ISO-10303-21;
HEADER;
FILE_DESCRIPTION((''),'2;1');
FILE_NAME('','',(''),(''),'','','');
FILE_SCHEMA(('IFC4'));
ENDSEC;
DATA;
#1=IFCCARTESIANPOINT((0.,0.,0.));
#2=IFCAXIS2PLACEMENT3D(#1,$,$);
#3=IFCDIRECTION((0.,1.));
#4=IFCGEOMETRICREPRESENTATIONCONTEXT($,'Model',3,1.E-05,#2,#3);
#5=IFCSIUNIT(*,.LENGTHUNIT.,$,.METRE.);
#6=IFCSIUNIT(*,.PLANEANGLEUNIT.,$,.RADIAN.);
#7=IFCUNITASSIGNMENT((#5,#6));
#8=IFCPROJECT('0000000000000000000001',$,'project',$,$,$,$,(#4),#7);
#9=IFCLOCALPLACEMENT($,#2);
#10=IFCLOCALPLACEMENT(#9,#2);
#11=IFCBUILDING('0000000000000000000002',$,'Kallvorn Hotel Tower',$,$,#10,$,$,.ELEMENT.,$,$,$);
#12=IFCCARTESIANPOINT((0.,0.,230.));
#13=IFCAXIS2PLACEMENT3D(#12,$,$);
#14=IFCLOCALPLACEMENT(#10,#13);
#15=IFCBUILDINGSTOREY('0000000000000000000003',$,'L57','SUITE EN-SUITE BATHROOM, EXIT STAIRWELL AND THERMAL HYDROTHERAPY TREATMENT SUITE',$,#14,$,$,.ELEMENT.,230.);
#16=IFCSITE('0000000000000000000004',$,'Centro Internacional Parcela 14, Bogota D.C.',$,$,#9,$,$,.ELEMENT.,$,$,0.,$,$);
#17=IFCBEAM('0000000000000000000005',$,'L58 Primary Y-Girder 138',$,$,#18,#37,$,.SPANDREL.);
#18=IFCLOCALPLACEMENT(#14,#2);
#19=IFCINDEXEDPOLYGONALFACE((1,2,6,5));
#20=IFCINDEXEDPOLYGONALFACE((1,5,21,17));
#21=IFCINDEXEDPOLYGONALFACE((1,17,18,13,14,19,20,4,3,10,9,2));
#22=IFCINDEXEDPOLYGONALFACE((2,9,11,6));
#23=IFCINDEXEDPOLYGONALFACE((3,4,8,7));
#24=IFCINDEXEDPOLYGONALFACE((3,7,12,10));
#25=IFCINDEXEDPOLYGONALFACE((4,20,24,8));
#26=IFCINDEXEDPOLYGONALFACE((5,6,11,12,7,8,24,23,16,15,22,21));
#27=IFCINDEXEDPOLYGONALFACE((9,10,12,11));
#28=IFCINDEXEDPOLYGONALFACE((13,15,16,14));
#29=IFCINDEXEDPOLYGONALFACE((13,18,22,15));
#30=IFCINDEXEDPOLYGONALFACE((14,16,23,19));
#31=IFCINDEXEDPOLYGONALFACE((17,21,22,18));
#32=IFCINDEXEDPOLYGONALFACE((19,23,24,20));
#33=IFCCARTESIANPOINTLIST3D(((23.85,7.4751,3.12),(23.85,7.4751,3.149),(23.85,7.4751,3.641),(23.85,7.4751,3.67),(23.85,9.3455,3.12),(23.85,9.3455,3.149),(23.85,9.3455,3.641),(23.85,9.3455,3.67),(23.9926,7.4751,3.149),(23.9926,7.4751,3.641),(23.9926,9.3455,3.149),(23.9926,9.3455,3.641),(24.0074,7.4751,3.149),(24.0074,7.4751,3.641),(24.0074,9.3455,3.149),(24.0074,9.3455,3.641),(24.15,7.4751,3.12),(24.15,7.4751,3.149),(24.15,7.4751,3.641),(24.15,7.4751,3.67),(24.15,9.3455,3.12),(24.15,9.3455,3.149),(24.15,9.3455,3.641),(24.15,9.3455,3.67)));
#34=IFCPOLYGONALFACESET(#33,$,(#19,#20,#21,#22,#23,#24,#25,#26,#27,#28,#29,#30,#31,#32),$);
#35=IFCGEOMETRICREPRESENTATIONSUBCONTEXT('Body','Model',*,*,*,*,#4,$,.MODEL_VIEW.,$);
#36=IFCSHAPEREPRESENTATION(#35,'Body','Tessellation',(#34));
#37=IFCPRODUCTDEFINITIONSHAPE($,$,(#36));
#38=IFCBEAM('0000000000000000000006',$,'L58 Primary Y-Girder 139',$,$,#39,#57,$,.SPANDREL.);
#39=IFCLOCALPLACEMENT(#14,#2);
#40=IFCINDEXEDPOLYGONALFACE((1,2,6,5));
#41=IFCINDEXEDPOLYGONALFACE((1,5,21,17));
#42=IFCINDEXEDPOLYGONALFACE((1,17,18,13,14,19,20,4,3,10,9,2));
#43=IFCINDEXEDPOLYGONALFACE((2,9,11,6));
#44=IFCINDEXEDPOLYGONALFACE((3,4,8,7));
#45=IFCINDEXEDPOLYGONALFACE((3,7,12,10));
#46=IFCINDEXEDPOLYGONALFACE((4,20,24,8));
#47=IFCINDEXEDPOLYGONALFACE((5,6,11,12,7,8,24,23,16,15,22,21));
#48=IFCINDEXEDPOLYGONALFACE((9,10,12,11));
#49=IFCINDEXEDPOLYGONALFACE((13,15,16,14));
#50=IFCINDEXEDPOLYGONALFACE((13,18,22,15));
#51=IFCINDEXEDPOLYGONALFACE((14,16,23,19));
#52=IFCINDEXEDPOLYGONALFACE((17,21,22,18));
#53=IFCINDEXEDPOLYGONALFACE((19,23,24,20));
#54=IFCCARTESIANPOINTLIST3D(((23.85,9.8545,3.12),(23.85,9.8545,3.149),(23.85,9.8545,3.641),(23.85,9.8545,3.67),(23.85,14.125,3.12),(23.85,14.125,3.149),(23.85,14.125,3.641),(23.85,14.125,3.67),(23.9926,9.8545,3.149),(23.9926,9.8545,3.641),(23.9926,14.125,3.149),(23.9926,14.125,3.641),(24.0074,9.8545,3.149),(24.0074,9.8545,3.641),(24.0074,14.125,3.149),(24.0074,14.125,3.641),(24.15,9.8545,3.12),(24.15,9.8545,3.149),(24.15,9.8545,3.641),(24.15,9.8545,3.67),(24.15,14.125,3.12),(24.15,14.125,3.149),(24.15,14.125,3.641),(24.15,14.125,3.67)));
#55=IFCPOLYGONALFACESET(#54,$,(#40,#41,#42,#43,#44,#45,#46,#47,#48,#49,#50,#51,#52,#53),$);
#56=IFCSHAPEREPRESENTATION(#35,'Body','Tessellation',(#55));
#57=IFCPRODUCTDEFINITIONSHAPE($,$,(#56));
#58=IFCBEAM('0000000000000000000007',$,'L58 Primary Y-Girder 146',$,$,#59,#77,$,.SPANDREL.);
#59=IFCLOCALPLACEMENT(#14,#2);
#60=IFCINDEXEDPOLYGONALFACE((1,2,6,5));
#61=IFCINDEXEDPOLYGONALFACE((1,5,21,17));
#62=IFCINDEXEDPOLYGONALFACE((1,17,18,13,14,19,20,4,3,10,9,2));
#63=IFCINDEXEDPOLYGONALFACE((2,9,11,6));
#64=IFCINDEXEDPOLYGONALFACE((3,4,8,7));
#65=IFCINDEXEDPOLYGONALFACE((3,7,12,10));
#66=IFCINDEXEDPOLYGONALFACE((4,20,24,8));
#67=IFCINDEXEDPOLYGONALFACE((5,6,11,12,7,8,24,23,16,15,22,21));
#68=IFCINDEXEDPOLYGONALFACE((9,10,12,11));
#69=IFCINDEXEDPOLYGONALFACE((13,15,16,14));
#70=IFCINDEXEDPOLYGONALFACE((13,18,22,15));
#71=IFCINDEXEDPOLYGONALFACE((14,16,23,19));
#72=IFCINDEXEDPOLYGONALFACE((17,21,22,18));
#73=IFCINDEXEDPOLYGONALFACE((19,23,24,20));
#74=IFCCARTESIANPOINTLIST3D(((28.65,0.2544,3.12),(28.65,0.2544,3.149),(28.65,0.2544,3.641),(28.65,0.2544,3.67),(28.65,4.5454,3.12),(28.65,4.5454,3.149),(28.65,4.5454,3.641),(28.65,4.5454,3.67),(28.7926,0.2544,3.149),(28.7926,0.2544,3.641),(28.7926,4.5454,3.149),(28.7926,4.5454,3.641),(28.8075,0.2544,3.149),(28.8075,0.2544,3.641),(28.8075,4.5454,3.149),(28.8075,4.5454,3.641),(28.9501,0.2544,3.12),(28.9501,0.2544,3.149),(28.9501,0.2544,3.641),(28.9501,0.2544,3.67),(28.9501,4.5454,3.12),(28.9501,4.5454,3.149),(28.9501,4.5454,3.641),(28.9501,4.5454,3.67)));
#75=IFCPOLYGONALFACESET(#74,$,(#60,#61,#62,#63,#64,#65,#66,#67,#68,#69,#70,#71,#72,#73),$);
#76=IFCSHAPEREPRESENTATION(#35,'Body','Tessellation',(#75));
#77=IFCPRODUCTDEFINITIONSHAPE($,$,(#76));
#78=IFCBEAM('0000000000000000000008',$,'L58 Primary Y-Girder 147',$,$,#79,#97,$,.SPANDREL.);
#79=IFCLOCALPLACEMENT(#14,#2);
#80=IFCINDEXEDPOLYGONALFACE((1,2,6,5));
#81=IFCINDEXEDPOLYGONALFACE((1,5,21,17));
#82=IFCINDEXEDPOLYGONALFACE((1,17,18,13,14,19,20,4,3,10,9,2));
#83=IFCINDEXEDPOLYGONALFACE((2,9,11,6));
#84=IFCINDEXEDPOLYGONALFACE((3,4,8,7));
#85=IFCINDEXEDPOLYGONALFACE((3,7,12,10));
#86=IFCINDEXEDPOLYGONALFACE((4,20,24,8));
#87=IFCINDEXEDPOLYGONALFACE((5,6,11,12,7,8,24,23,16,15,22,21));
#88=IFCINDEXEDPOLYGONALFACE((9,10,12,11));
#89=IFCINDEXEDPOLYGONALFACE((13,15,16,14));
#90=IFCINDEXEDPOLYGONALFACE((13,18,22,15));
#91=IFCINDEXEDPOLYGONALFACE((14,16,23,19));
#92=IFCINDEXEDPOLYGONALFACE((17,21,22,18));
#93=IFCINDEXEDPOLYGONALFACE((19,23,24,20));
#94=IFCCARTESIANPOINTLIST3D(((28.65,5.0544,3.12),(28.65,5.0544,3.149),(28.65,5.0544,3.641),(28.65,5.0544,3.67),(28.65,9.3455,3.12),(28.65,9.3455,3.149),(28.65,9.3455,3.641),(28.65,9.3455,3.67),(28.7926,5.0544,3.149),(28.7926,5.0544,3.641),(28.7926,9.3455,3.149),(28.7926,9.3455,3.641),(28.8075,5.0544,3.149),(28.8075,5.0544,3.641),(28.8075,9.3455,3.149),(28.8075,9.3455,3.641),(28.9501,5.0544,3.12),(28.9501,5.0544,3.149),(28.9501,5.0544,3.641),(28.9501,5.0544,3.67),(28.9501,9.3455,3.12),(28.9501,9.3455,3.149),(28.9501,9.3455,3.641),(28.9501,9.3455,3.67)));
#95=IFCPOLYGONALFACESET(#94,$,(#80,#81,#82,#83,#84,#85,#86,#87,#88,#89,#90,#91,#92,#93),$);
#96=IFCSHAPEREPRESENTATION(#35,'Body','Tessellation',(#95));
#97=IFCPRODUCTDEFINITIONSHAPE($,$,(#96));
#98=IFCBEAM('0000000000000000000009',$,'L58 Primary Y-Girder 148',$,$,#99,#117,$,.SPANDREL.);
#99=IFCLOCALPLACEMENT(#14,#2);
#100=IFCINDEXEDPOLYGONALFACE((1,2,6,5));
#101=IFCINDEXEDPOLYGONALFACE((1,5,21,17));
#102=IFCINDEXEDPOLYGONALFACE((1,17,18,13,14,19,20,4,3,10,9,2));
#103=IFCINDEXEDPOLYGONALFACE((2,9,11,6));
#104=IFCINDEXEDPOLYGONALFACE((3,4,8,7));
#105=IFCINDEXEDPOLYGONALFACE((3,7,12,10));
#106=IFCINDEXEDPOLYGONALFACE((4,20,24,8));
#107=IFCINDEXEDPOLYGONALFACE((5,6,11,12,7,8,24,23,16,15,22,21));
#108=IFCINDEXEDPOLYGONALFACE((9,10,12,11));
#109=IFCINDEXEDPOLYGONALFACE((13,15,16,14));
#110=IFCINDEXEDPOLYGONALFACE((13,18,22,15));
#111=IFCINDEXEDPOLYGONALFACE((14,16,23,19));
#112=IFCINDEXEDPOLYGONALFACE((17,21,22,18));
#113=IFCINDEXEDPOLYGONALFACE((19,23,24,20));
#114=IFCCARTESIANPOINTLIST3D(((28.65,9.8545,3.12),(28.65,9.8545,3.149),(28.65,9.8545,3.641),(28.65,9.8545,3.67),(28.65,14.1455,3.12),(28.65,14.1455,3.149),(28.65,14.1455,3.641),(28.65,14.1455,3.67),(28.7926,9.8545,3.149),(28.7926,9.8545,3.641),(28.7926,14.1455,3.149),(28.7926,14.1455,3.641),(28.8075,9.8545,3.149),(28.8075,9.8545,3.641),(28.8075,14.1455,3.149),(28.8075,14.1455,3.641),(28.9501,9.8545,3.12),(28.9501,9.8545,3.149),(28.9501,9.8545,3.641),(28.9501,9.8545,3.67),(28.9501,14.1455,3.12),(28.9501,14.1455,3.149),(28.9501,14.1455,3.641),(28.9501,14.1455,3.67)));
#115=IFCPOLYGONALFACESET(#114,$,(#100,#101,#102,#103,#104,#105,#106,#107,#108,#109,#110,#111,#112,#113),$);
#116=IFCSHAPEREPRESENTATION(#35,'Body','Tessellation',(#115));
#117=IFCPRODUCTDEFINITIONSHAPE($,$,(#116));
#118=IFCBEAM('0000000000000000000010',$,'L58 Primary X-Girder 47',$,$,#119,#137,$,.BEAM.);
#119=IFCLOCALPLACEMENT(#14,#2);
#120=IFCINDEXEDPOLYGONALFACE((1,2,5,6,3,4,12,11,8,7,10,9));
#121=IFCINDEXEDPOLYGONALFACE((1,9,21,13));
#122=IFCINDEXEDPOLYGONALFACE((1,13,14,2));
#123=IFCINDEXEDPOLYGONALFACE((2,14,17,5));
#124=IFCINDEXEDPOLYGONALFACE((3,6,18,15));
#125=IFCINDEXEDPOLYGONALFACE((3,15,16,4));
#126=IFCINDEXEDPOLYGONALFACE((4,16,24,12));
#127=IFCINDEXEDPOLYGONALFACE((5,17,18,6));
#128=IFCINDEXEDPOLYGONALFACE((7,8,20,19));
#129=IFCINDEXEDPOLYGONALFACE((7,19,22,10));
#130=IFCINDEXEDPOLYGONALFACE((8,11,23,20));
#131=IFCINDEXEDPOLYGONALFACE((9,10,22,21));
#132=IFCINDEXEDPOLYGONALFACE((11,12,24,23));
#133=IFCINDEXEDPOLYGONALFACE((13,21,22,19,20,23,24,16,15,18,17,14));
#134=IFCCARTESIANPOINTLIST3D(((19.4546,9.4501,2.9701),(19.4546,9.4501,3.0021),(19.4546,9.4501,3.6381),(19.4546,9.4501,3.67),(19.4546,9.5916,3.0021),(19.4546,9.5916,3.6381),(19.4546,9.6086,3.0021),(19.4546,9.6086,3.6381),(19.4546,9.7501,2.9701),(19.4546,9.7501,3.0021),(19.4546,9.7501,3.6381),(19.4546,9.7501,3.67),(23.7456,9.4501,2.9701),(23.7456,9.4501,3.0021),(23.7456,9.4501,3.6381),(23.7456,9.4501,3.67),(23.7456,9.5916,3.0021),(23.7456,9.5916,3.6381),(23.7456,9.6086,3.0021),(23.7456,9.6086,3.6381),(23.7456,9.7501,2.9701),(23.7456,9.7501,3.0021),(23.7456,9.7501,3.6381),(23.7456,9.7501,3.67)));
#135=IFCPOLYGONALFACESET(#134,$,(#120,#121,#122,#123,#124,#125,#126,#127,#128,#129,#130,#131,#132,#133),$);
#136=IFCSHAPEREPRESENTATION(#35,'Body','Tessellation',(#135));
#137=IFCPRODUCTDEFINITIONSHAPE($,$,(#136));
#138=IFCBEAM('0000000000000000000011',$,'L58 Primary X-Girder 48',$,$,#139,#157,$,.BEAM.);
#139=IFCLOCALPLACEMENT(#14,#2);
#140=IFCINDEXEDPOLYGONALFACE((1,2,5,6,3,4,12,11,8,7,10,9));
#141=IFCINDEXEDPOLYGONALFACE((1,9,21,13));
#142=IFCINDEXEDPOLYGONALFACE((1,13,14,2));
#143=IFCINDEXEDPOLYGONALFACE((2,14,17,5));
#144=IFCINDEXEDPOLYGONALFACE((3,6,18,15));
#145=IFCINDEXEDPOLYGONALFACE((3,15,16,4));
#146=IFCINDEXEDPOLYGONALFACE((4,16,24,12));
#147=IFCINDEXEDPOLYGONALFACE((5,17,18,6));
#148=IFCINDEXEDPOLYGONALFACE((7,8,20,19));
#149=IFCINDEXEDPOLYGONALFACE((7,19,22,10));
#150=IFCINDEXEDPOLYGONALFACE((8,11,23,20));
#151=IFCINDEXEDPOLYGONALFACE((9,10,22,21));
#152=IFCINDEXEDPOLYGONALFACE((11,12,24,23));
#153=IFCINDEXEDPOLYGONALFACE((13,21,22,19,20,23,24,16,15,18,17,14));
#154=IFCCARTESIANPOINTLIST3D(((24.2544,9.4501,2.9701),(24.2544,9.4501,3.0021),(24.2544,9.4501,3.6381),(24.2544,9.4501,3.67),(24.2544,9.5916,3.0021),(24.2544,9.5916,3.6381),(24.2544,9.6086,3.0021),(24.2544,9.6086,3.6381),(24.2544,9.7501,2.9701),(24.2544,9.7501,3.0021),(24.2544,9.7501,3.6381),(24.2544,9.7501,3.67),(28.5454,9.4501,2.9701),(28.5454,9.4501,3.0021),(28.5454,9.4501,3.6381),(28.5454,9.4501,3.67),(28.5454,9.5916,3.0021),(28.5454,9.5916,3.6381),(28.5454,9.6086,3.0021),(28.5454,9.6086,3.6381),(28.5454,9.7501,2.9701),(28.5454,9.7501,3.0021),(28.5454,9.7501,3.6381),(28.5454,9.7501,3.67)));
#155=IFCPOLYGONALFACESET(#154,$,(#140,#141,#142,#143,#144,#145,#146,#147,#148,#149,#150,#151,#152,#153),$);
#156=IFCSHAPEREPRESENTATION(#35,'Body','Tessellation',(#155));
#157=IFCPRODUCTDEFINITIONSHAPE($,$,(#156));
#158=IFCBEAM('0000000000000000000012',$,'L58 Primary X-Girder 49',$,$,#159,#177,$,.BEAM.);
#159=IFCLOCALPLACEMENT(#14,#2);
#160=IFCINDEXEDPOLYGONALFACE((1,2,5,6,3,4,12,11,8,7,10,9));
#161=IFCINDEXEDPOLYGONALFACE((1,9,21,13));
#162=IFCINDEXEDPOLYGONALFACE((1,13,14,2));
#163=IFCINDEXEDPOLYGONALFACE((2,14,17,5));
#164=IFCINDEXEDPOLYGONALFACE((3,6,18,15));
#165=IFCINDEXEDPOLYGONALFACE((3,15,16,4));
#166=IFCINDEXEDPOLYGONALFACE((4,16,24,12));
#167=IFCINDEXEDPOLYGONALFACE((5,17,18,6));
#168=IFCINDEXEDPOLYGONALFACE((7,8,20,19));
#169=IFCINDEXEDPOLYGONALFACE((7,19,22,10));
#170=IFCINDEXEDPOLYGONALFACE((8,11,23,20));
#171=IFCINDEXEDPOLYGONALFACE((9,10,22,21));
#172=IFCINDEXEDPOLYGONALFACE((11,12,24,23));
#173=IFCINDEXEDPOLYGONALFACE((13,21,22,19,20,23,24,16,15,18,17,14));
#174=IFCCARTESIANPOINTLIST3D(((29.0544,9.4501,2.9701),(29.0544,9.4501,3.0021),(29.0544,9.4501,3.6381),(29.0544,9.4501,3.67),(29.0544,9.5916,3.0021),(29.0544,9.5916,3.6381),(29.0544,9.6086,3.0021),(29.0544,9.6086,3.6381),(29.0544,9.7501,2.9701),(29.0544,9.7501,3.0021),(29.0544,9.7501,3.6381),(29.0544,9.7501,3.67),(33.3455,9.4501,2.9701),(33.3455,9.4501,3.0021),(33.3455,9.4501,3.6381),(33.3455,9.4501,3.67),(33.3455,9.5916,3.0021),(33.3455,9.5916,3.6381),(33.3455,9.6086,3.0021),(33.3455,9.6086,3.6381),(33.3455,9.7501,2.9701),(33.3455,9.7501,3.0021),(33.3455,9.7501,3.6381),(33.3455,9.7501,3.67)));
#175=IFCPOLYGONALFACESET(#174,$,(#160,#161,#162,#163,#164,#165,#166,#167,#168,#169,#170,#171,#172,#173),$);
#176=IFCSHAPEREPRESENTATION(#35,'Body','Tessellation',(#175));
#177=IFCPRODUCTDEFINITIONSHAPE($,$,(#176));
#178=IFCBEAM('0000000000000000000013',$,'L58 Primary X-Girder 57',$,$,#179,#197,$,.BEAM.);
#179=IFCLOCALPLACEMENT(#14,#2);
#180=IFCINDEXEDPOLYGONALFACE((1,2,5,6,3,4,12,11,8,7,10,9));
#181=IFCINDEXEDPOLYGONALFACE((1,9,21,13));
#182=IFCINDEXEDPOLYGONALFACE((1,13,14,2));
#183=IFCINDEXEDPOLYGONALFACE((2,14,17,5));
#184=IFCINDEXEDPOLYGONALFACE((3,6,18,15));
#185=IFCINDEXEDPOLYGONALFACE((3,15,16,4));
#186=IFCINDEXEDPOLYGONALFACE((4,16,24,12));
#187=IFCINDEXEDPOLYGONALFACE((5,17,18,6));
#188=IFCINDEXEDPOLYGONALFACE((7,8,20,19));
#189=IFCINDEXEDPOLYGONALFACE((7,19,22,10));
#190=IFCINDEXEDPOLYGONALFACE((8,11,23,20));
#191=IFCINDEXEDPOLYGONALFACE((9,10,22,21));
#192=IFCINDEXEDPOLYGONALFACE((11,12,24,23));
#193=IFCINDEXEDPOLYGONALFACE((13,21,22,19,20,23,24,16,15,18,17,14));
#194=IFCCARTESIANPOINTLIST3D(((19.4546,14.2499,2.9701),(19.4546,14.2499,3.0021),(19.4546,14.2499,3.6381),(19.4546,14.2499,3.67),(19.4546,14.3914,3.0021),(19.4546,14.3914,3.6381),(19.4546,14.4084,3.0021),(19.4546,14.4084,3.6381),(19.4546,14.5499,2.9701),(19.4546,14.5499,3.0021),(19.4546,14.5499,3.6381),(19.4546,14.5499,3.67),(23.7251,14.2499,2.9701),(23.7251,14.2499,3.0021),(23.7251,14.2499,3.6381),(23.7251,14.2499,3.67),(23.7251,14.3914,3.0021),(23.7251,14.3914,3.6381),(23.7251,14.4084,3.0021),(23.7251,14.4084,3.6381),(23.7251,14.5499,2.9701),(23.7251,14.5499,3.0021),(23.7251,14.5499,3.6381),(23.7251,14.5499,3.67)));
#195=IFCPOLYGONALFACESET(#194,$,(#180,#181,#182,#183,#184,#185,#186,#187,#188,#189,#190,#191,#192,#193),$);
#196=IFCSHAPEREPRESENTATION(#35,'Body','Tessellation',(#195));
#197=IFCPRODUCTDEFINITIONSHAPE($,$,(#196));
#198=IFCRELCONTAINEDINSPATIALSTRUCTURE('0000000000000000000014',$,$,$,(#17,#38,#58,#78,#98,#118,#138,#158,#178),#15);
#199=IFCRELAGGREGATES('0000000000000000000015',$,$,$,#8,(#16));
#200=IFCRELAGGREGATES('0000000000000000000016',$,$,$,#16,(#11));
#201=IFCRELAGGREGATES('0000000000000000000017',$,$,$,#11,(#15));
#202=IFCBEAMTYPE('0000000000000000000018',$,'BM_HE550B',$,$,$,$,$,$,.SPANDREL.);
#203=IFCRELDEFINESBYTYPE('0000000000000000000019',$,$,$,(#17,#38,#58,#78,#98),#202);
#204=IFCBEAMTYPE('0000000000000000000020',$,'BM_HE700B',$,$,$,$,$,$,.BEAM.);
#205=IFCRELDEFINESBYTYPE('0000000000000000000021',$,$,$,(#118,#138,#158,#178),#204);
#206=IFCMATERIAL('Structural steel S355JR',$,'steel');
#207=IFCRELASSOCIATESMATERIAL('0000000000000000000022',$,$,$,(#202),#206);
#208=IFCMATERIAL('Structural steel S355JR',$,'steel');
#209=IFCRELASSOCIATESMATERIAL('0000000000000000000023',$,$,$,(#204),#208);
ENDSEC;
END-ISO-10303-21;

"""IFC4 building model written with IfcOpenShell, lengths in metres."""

from ifc_helpers import new_model, si_unit, direction, frame, origin, origin_2d, place, context, subcontext, project, spatial, i_section, extrude, material, material_profile, profile_set, type_object, element, save


model = new_model("IFC4")

# Units and contexts
model_context = context("Model", 3, precision=1e-05, world=origin(), true_north=direction((0.0, 1.0)))
body_context = subcontext(model_context, "Body", "Model", "MODEL_VIEW")
ifc_project = project(units=[si_unit("LENGTHUNIT", "METRE"), si_unit("PLANEANGLEUNIT", "RADIAN")], contexts=[model_context])

# Site, building, storey
site_placement = place(None, origin())
site = spatial("IfcSite", under=ifc_project, at=site_placement, Name="Centro Internacional Parcela 14, Bogota D.C.", CompositionType="ELEMENT", RefElevation=0.0)
building_placement = place(site_placement, origin())
building = spatial("IfcBuilding", under=site, at=building_placement, Name="Kallvorn Hotel Tower", CompositionType="ELEMENT")
storey_placement = place(building_placement, frame((0.0, 0.0, 230.0)))
storey = spatial("IfcBuildingStorey", under=building, at=storey_placement, Name="L57", Description="SUITE EN-SUITE BATHROOM, EXIT STAIRWELL AND THERMAL HYDROTHERAPY TREATMENT SUITE", CompositionType="ELEMENT", Elevation=230.0)

# Beams
ifc_material_1 = material(Name="Structural steel S355JR", Category="steel")
ifc_material_profile_1 = material_profile(ifc_material_1, i_section(OverallWidth=0.3, OverallDepth=0.55, WebThickness=0.0149, FlangeThickness=0.0291, at=origin_2d()), Name="HE 550 B")
ifc_profile_set_1 = profile_set([ifc_material_profile_1], Name="Structural steel S355JR")
beam_type_1 = type_object("IfcBeamType", Name="BM_HE550B", PredefinedType="SPANDREL", material=ifc_profile_set_1)
beam_1_placement = place(storey_placement, frame((24.0, 7.4751, 3.395), z_axis=(0.0, 1.0, 0.0), x_axis=(-1.0, 0.0, 0.0)))
element("IfcBeam", 1, at=beam_1_placement, inside=storey, type_object=beam_type_1, Name="L58 Primary Y-Girder 138", PredefinedType="SPANDREL", context=body_context, shape_type="SweptSolid", body=[
    extrude(i_section(OverallWidth=0.3, OverallDepth=0.55, WebThickness=0.0149, FlangeThickness=0.0291, at=origin_2d()), origin(), (0.0, 0.0, 1.0), 1.8704),
])
beam_2_placement = place(storey_placement, frame((24.0, 9.8545, 3.395), z_axis=(0.0, 1.0, 0.0), x_axis=(-1.0, 0.0, 0.0)))
element("IfcBeam", 2, at=beam_2_placement, inside=storey, type_object=beam_type_1, Name="L58 Primary Y-Girder 139", PredefinedType="SPANDREL", context=body_context, shape_type="SweptSolid", body=[
    extrude(i_section(OverallWidth=0.3, OverallDepth=0.55, WebThickness=0.0149, FlangeThickness=0.0291, at=origin_2d()), origin(), (0.0, 0.0, 1.0), 4.2705),
])
for number, where, z_axis, x_axis, name in (
    (3, (28.8, 0.2544, 3.395), (0.0, 1.0, 0.0), (-1.0, 0.0, 0.0), "L58 Primary Y-Girder 146"),
    (4, (28.8, 5.0544, 3.395), (0.0, 1.0, 0.0), (-1.0, 0.0, 0.0), "L58 Primary Y-Girder 147"),
    (5, (28.8, 9.8545, 3.395), (0.0, 1.0, 0.0), (-1.0, 0.0, 0.0), "L58 Primary Y-Girder 148"),
):
    element("IfcBeam", number, at=place(storey_placement, frame(where, z_axis=z_axis, x_axis=x_axis)), inside=storey, type_object=beam_type_1, Name=name, PredefinedType="SPANDREL", context=body_context, shape_type="SweptSolid", body=[
        extrude(i_section(OverallWidth=0.3, OverallDepth=0.55, WebThickness=0.0149, FlangeThickness=0.0291, at=origin_2d()), origin(), (0.0, 0.0, 1.0), 4.291),
    ])
ifc_material_2 = material(Name="Structural steel S355JR", Category="steel")
ifc_material_profile_2 = material_profile(ifc_material_2, i_section(OverallWidth=0.3, OverallDepth=0.7, WebThickness=0.0171, FlangeThickness=0.032, at=origin_2d()), Name="HE 700 B")
ifc_profile_set_2 = profile_set([ifc_material_profile_2], Name="Structural steel S355JR")
beam_type_2 = type_object("IfcBeamType", Name="BM_HE700B", PredefinedType="BEAM", material=ifc_profile_set_2)
for number, where, z_axis, x_axis, name in (
    (6, (19.4546, 9.6001, 3.3201), (1.0, 0.0, 0.0), (0.0, 1.0, 0.0), "L58 Primary X-Girder 47"),
    (7, (24.2544, 9.6001, 3.3201), (1.0, 0.0, 0.0), (0.0, 1.0, 0.0), "L58 Primary X-Girder 48"),
    (8, (29.0544, 9.6001, 3.3201), (1.0, 0.0, 0.0), (0.0, 1.0, 0.0), "L58 Primary X-Girder 49"),
):
    element("IfcBeam", number, at=place(storey_placement, frame(where, z_axis=z_axis, x_axis=x_axis)), inside=storey, type_object=beam_type_2, Name=name, PredefinedType="BEAM", context=body_context, shape_type="SweptSolid", body=[
        extrude(i_section(OverallWidth=0.3, OverallDepth=0.7, WebThickness=0.0171, FlangeThickness=0.032, at=origin_2d()), origin(), (0.0, 0.0, 1.0), 4.291),
    ])
for number, where, z_axis, x_axis, name in (
    (9, (19.4546, 14.3999, 3.3201), (1.0, 0.0, 0.0), (0.0, 1.0, 0.0), "L58 Primary X-Girder 57"),
):
    element("IfcBeam", number, at=place(storey_placement, frame(where, z_axis=z_axis, x_axis=x_axis)), inside=storey, type_object=beam_type_2, Name=name, PredefinedType="BEAM", context=body_context, shape_type="SweptSolid", body=[
        extrude(i_section(OverallWidth=0.3, OverallDepth=0.7, WebThickness=0.0171, FlangeThickness=0.032, at=origin_2d()), origin(), (0.0, 0.0, 1.0), 4.2705),
    ])

save(model, "model.ifc")
